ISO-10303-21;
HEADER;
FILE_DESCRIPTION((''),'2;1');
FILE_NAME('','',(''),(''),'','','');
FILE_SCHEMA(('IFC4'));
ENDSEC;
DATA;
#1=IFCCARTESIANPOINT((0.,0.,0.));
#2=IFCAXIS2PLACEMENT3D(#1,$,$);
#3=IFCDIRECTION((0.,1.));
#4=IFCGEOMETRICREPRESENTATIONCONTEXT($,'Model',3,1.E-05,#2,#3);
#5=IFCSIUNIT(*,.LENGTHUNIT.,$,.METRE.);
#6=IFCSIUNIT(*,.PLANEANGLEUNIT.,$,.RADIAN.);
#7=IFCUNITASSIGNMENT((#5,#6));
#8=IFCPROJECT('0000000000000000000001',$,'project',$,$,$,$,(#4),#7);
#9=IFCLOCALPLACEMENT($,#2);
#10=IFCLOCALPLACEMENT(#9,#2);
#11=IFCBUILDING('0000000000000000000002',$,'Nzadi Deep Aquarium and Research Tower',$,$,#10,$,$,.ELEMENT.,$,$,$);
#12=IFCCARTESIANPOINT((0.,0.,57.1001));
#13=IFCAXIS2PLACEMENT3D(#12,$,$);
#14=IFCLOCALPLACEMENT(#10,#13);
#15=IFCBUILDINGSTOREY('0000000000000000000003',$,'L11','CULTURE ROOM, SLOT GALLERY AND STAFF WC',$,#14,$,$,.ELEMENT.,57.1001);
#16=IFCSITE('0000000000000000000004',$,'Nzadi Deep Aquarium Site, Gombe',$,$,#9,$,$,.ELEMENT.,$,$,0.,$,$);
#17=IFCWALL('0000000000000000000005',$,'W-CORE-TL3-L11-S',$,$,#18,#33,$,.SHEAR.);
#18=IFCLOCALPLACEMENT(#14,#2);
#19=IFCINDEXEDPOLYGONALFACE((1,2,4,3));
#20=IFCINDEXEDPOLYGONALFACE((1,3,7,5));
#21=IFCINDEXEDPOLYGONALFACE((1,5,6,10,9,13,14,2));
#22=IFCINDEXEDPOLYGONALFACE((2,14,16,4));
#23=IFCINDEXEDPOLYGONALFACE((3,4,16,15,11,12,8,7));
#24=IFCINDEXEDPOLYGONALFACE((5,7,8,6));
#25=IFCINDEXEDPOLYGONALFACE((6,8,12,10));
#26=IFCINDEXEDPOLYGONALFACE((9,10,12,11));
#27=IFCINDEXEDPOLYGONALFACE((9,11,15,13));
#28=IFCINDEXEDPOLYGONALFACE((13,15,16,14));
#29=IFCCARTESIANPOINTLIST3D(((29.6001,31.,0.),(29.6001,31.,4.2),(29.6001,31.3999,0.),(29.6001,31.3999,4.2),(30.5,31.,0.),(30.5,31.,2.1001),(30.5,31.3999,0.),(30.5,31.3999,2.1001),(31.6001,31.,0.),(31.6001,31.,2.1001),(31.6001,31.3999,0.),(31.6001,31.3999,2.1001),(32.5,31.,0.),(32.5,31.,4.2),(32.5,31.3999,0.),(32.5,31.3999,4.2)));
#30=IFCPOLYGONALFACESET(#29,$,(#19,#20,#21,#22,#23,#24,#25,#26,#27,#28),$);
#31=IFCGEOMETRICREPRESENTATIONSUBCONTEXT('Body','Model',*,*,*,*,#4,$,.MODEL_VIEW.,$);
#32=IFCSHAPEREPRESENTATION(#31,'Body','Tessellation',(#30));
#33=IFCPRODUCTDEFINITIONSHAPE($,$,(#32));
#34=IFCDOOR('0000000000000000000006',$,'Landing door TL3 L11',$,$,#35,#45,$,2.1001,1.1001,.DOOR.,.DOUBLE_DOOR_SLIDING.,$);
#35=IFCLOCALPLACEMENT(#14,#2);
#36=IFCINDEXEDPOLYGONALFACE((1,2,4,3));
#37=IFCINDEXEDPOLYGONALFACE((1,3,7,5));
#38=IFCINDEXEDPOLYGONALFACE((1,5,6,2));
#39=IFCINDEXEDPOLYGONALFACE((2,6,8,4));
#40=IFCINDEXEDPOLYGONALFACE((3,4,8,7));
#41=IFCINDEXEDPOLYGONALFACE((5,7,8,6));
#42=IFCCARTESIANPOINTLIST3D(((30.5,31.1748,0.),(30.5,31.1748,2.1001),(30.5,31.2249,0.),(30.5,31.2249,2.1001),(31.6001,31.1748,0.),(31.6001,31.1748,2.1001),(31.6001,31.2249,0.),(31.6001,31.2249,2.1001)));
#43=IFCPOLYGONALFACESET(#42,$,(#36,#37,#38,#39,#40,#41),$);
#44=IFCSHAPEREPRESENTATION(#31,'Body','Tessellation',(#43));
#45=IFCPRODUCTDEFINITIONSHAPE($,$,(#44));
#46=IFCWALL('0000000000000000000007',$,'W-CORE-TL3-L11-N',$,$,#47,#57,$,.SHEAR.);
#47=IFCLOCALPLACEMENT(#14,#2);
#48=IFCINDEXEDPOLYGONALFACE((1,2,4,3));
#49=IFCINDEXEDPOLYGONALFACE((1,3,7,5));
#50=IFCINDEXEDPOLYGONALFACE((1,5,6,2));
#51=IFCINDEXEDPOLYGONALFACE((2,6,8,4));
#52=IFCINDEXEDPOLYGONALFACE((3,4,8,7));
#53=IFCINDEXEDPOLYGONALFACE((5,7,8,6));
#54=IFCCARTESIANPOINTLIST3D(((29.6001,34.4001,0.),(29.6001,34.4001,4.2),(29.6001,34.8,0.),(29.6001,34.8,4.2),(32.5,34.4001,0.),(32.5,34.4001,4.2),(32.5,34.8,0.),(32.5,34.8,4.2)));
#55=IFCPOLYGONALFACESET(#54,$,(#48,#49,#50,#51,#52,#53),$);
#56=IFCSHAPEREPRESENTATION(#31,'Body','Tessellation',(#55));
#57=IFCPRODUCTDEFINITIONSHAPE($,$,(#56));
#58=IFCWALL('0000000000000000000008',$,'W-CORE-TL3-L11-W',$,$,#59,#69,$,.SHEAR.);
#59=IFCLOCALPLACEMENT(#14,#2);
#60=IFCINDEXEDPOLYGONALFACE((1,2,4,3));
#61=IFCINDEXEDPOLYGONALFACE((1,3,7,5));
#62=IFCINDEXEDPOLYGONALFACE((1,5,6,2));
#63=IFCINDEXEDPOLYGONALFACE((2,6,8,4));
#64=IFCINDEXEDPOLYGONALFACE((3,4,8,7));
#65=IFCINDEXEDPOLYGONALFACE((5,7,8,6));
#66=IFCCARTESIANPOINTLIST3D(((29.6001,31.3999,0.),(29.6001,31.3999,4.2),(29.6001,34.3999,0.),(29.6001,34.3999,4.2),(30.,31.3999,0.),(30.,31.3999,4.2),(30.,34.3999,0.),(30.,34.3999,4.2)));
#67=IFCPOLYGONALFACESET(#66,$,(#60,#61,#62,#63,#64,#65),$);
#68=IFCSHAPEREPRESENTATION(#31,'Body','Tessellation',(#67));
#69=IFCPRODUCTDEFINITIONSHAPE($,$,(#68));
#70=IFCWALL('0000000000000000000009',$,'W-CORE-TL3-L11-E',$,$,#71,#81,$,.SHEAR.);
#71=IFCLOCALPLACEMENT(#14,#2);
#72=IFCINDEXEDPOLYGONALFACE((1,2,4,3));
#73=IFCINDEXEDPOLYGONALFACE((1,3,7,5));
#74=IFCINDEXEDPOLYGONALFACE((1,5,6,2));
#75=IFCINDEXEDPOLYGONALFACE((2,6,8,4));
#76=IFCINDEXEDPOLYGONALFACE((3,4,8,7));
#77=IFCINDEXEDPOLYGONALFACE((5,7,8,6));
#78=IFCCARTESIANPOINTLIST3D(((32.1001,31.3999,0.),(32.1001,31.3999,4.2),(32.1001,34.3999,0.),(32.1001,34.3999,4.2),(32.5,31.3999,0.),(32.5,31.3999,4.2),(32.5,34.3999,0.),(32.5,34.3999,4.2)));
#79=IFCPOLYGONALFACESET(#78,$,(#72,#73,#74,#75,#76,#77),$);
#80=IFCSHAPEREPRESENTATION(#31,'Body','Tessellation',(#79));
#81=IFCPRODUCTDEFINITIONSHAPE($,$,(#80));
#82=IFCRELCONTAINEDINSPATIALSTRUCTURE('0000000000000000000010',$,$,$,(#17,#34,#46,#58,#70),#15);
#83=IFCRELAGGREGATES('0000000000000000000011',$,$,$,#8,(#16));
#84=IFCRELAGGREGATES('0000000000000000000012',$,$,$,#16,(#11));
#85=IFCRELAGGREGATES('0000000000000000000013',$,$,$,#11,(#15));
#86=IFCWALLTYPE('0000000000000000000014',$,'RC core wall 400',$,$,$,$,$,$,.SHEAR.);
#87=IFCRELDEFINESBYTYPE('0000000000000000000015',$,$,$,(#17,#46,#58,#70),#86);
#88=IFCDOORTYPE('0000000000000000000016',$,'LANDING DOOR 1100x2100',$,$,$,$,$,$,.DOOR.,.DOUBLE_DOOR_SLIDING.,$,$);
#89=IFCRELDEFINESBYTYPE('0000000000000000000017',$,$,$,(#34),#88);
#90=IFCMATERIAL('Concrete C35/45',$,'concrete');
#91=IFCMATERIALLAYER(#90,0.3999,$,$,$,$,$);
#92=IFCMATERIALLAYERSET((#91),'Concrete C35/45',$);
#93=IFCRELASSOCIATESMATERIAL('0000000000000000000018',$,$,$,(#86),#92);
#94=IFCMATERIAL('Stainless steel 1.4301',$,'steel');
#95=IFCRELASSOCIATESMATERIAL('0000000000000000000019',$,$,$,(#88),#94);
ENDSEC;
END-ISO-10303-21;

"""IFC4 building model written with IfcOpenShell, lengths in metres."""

from ifc_helpers import new_model, si_unit, direction, frame, frame_2d, origin, place, context, subcontext, project, spatial, rectangle, extrude, material, layer, layer_set, type_object, element, fill, save


model = new_model("IFC4")

# Units and contexts
model_context = context("Model", 3, precision=1e-05, world=origin(), true_north=direction((0.0, 1.0)))
body_context = subcontext(model_context, "Body", "Model", "MODEL_VIEW")
ifc_project = project(units=[si_unit("LENGTHUNIT", "METRE"), si_unit("PLANEANGLEUNIT", "RADIAN")], contexts=[model_context])

# Site, building, storey
site_placement = place(None, origin())
site = spatial("IfcSite", under=ifc_project, at=site_placement, Name="Nzadi Deep Aquarium Site, Gombe", CompositionType="ELEMENT", RefElevation=0.0)
building_placement = place(site_placement, origin())
building = spatial("IfcBuilding", under=site, at=building_placement, Name="Nzadi Deep Aquarium and Research Tower", CompositionType="ELEMENT")
storey_placement = place(building_placement, frame((0.0, 0.0, 57.1001)))
storey = spatial("IfcBuildingStorey", under=building, at=storey_placement, Name="L11", Description="CULTURE ROOM, SLOT GALLERY AND STAFF WC", CompositionType="ELEMENT", Elevation=57.1001)

# Shared definitions
ifc_material_1 = material(Name="Concrete C35/45", Category="concrete")
ifc_layer_1 = layer(ifc_material_1, 0.3999)
ifc_layer_set_1 = layer_set([ifc_layer_1], Name="Concrete C35/45")
wall_type_1 = type_object("IfcWallType", Name="RC core wall 400", PredefinedType="SHEAR", material=ifc_layer_set_1)

# Wall, opening, door
wall_1_placement = place(storey_placement, frame((29.6001, 31.2, 0.0), z_axis=(0.0, 0.0, 1.0), x_axis=(1.0, 0.0, 0.0)))
wall_1 = element("IfcWall", 1, at=wall_1_placement, inside=storey, type_object=wall_type_1, Name="W-CORE-TL3-L11-S", PredefinedType="SHEAR", context=body_context, shape_type="SweptSolid", body=[
    extrude(rectangle(XDim=2.8999, YDim=0.3999, at=frame_2d((1.45, 0.0))), origin(), (0.0, 0.0, 1.0), 4.2),
])
opening_1_placement = place(wall_1_placement, frame((0.8999, 0.0, 0.0)))
opening_1 = element("IfcOpeningElement", 2, at=opening_1_placement, cuts=wall_1, PredefinedType="OPENING", context=body_context, shape_type="SweptSolid", body=[
    extrude(rectangle(XDim=1.1001, YDim=2.1001, at=frame_2d((0.55, 1.05))), frame((0.0, 0.21, 0.0), z_axis=(0.0, -1.0, 0.0), x_axis=(1.0, 0.0, 0.0)), (0.0, 0.0, 1.0), 0.4199),
])
ifc_material_2 = material(Name="Stainless steel 1.4301", Category="steel")
door_type_1 = type_object("IfcDoorType", Name="LANDING DOOR 1100x2100", OperationType="DOUBLE_DOOR_SLIDING", PredefinedType="DOOR", material=ifc_material_2)
door_1_placement = place(opening_1_placement, origin())
door_1 = element("IfcDoor", 3, at=door_1_placement, inside=storey, type_object=door_type_1, Name="Landing door TL3 L11", OperationType="DOUBLE_DOOR_SLIDING", OverallHeight=2.1001, OverallWidth=1.1001, PredefinedType="DOOR", context=body_context, shape_type="SweptSolid", body=[
    extrude(rectangle(XDim=1.1001, YDim=2.1001, at=frame_2d((0.55, 1.05))), frame((0.0, 0.0249, 0.0), z_axis=(0.0, -1.0, 0.0), x_axis=(1.0, 0.0, 0.0)), (0.0, 0.0, 1.0), 0.05),
])
fill(opening_1, door_1)

# Walls
wall_2_placement = place(storey_placement, frame((29.6001, 34.6001, 0.0), z_axis=(0.0, 0.0, 1.0), x_axis=(1.0, 0.0, 0.0)))
element("IfcWall", 4, at=wall_2_placement, inside=storey, type_object=wall_type_1, Name="W-CORE-TL3-L11-N", PredefinedType="SHEAR", context=body_context, shape_type="SweptSolid", body=[
    extrude(rectangle(XDim=2.8999, YDim=0.3999, at=frame_2d((1.45, 0.0))), origin(), (0.0, 0.0, 1.0), 4.2),
])
for number, where, z_axis, x_axis, name in (
    (5, (29.8, 31.3999, 0.0), (0.0, 0.0, 1.0), (0.0, 1.0, 0.0), "W-CORE-TL3-L11-W"),
    (6, (32.3, 31.3999, 0.0), (0.0, 0.0, 1.0), (0.0, 1.0, 0.0), "W-CORE-TL3-L11-E"),
):
    element("IfcWall", number, at=place(storey_placement, frame(where, z_axis=z_axis, x_axis=x_axis)), inside=storey, type_object=wall_type_1, Name=name, PredefinedType="SHEAR", context=body_context, shape_type="SweptSolid", body=[
        extrude(rectangle(XDim=3.0, YDim=0.3999, at=frame_2d((1.5, 0.0))), origin(), (0.0, 0.0, 1.0), 4.2),
    ])

save(model, "model.ifc")
